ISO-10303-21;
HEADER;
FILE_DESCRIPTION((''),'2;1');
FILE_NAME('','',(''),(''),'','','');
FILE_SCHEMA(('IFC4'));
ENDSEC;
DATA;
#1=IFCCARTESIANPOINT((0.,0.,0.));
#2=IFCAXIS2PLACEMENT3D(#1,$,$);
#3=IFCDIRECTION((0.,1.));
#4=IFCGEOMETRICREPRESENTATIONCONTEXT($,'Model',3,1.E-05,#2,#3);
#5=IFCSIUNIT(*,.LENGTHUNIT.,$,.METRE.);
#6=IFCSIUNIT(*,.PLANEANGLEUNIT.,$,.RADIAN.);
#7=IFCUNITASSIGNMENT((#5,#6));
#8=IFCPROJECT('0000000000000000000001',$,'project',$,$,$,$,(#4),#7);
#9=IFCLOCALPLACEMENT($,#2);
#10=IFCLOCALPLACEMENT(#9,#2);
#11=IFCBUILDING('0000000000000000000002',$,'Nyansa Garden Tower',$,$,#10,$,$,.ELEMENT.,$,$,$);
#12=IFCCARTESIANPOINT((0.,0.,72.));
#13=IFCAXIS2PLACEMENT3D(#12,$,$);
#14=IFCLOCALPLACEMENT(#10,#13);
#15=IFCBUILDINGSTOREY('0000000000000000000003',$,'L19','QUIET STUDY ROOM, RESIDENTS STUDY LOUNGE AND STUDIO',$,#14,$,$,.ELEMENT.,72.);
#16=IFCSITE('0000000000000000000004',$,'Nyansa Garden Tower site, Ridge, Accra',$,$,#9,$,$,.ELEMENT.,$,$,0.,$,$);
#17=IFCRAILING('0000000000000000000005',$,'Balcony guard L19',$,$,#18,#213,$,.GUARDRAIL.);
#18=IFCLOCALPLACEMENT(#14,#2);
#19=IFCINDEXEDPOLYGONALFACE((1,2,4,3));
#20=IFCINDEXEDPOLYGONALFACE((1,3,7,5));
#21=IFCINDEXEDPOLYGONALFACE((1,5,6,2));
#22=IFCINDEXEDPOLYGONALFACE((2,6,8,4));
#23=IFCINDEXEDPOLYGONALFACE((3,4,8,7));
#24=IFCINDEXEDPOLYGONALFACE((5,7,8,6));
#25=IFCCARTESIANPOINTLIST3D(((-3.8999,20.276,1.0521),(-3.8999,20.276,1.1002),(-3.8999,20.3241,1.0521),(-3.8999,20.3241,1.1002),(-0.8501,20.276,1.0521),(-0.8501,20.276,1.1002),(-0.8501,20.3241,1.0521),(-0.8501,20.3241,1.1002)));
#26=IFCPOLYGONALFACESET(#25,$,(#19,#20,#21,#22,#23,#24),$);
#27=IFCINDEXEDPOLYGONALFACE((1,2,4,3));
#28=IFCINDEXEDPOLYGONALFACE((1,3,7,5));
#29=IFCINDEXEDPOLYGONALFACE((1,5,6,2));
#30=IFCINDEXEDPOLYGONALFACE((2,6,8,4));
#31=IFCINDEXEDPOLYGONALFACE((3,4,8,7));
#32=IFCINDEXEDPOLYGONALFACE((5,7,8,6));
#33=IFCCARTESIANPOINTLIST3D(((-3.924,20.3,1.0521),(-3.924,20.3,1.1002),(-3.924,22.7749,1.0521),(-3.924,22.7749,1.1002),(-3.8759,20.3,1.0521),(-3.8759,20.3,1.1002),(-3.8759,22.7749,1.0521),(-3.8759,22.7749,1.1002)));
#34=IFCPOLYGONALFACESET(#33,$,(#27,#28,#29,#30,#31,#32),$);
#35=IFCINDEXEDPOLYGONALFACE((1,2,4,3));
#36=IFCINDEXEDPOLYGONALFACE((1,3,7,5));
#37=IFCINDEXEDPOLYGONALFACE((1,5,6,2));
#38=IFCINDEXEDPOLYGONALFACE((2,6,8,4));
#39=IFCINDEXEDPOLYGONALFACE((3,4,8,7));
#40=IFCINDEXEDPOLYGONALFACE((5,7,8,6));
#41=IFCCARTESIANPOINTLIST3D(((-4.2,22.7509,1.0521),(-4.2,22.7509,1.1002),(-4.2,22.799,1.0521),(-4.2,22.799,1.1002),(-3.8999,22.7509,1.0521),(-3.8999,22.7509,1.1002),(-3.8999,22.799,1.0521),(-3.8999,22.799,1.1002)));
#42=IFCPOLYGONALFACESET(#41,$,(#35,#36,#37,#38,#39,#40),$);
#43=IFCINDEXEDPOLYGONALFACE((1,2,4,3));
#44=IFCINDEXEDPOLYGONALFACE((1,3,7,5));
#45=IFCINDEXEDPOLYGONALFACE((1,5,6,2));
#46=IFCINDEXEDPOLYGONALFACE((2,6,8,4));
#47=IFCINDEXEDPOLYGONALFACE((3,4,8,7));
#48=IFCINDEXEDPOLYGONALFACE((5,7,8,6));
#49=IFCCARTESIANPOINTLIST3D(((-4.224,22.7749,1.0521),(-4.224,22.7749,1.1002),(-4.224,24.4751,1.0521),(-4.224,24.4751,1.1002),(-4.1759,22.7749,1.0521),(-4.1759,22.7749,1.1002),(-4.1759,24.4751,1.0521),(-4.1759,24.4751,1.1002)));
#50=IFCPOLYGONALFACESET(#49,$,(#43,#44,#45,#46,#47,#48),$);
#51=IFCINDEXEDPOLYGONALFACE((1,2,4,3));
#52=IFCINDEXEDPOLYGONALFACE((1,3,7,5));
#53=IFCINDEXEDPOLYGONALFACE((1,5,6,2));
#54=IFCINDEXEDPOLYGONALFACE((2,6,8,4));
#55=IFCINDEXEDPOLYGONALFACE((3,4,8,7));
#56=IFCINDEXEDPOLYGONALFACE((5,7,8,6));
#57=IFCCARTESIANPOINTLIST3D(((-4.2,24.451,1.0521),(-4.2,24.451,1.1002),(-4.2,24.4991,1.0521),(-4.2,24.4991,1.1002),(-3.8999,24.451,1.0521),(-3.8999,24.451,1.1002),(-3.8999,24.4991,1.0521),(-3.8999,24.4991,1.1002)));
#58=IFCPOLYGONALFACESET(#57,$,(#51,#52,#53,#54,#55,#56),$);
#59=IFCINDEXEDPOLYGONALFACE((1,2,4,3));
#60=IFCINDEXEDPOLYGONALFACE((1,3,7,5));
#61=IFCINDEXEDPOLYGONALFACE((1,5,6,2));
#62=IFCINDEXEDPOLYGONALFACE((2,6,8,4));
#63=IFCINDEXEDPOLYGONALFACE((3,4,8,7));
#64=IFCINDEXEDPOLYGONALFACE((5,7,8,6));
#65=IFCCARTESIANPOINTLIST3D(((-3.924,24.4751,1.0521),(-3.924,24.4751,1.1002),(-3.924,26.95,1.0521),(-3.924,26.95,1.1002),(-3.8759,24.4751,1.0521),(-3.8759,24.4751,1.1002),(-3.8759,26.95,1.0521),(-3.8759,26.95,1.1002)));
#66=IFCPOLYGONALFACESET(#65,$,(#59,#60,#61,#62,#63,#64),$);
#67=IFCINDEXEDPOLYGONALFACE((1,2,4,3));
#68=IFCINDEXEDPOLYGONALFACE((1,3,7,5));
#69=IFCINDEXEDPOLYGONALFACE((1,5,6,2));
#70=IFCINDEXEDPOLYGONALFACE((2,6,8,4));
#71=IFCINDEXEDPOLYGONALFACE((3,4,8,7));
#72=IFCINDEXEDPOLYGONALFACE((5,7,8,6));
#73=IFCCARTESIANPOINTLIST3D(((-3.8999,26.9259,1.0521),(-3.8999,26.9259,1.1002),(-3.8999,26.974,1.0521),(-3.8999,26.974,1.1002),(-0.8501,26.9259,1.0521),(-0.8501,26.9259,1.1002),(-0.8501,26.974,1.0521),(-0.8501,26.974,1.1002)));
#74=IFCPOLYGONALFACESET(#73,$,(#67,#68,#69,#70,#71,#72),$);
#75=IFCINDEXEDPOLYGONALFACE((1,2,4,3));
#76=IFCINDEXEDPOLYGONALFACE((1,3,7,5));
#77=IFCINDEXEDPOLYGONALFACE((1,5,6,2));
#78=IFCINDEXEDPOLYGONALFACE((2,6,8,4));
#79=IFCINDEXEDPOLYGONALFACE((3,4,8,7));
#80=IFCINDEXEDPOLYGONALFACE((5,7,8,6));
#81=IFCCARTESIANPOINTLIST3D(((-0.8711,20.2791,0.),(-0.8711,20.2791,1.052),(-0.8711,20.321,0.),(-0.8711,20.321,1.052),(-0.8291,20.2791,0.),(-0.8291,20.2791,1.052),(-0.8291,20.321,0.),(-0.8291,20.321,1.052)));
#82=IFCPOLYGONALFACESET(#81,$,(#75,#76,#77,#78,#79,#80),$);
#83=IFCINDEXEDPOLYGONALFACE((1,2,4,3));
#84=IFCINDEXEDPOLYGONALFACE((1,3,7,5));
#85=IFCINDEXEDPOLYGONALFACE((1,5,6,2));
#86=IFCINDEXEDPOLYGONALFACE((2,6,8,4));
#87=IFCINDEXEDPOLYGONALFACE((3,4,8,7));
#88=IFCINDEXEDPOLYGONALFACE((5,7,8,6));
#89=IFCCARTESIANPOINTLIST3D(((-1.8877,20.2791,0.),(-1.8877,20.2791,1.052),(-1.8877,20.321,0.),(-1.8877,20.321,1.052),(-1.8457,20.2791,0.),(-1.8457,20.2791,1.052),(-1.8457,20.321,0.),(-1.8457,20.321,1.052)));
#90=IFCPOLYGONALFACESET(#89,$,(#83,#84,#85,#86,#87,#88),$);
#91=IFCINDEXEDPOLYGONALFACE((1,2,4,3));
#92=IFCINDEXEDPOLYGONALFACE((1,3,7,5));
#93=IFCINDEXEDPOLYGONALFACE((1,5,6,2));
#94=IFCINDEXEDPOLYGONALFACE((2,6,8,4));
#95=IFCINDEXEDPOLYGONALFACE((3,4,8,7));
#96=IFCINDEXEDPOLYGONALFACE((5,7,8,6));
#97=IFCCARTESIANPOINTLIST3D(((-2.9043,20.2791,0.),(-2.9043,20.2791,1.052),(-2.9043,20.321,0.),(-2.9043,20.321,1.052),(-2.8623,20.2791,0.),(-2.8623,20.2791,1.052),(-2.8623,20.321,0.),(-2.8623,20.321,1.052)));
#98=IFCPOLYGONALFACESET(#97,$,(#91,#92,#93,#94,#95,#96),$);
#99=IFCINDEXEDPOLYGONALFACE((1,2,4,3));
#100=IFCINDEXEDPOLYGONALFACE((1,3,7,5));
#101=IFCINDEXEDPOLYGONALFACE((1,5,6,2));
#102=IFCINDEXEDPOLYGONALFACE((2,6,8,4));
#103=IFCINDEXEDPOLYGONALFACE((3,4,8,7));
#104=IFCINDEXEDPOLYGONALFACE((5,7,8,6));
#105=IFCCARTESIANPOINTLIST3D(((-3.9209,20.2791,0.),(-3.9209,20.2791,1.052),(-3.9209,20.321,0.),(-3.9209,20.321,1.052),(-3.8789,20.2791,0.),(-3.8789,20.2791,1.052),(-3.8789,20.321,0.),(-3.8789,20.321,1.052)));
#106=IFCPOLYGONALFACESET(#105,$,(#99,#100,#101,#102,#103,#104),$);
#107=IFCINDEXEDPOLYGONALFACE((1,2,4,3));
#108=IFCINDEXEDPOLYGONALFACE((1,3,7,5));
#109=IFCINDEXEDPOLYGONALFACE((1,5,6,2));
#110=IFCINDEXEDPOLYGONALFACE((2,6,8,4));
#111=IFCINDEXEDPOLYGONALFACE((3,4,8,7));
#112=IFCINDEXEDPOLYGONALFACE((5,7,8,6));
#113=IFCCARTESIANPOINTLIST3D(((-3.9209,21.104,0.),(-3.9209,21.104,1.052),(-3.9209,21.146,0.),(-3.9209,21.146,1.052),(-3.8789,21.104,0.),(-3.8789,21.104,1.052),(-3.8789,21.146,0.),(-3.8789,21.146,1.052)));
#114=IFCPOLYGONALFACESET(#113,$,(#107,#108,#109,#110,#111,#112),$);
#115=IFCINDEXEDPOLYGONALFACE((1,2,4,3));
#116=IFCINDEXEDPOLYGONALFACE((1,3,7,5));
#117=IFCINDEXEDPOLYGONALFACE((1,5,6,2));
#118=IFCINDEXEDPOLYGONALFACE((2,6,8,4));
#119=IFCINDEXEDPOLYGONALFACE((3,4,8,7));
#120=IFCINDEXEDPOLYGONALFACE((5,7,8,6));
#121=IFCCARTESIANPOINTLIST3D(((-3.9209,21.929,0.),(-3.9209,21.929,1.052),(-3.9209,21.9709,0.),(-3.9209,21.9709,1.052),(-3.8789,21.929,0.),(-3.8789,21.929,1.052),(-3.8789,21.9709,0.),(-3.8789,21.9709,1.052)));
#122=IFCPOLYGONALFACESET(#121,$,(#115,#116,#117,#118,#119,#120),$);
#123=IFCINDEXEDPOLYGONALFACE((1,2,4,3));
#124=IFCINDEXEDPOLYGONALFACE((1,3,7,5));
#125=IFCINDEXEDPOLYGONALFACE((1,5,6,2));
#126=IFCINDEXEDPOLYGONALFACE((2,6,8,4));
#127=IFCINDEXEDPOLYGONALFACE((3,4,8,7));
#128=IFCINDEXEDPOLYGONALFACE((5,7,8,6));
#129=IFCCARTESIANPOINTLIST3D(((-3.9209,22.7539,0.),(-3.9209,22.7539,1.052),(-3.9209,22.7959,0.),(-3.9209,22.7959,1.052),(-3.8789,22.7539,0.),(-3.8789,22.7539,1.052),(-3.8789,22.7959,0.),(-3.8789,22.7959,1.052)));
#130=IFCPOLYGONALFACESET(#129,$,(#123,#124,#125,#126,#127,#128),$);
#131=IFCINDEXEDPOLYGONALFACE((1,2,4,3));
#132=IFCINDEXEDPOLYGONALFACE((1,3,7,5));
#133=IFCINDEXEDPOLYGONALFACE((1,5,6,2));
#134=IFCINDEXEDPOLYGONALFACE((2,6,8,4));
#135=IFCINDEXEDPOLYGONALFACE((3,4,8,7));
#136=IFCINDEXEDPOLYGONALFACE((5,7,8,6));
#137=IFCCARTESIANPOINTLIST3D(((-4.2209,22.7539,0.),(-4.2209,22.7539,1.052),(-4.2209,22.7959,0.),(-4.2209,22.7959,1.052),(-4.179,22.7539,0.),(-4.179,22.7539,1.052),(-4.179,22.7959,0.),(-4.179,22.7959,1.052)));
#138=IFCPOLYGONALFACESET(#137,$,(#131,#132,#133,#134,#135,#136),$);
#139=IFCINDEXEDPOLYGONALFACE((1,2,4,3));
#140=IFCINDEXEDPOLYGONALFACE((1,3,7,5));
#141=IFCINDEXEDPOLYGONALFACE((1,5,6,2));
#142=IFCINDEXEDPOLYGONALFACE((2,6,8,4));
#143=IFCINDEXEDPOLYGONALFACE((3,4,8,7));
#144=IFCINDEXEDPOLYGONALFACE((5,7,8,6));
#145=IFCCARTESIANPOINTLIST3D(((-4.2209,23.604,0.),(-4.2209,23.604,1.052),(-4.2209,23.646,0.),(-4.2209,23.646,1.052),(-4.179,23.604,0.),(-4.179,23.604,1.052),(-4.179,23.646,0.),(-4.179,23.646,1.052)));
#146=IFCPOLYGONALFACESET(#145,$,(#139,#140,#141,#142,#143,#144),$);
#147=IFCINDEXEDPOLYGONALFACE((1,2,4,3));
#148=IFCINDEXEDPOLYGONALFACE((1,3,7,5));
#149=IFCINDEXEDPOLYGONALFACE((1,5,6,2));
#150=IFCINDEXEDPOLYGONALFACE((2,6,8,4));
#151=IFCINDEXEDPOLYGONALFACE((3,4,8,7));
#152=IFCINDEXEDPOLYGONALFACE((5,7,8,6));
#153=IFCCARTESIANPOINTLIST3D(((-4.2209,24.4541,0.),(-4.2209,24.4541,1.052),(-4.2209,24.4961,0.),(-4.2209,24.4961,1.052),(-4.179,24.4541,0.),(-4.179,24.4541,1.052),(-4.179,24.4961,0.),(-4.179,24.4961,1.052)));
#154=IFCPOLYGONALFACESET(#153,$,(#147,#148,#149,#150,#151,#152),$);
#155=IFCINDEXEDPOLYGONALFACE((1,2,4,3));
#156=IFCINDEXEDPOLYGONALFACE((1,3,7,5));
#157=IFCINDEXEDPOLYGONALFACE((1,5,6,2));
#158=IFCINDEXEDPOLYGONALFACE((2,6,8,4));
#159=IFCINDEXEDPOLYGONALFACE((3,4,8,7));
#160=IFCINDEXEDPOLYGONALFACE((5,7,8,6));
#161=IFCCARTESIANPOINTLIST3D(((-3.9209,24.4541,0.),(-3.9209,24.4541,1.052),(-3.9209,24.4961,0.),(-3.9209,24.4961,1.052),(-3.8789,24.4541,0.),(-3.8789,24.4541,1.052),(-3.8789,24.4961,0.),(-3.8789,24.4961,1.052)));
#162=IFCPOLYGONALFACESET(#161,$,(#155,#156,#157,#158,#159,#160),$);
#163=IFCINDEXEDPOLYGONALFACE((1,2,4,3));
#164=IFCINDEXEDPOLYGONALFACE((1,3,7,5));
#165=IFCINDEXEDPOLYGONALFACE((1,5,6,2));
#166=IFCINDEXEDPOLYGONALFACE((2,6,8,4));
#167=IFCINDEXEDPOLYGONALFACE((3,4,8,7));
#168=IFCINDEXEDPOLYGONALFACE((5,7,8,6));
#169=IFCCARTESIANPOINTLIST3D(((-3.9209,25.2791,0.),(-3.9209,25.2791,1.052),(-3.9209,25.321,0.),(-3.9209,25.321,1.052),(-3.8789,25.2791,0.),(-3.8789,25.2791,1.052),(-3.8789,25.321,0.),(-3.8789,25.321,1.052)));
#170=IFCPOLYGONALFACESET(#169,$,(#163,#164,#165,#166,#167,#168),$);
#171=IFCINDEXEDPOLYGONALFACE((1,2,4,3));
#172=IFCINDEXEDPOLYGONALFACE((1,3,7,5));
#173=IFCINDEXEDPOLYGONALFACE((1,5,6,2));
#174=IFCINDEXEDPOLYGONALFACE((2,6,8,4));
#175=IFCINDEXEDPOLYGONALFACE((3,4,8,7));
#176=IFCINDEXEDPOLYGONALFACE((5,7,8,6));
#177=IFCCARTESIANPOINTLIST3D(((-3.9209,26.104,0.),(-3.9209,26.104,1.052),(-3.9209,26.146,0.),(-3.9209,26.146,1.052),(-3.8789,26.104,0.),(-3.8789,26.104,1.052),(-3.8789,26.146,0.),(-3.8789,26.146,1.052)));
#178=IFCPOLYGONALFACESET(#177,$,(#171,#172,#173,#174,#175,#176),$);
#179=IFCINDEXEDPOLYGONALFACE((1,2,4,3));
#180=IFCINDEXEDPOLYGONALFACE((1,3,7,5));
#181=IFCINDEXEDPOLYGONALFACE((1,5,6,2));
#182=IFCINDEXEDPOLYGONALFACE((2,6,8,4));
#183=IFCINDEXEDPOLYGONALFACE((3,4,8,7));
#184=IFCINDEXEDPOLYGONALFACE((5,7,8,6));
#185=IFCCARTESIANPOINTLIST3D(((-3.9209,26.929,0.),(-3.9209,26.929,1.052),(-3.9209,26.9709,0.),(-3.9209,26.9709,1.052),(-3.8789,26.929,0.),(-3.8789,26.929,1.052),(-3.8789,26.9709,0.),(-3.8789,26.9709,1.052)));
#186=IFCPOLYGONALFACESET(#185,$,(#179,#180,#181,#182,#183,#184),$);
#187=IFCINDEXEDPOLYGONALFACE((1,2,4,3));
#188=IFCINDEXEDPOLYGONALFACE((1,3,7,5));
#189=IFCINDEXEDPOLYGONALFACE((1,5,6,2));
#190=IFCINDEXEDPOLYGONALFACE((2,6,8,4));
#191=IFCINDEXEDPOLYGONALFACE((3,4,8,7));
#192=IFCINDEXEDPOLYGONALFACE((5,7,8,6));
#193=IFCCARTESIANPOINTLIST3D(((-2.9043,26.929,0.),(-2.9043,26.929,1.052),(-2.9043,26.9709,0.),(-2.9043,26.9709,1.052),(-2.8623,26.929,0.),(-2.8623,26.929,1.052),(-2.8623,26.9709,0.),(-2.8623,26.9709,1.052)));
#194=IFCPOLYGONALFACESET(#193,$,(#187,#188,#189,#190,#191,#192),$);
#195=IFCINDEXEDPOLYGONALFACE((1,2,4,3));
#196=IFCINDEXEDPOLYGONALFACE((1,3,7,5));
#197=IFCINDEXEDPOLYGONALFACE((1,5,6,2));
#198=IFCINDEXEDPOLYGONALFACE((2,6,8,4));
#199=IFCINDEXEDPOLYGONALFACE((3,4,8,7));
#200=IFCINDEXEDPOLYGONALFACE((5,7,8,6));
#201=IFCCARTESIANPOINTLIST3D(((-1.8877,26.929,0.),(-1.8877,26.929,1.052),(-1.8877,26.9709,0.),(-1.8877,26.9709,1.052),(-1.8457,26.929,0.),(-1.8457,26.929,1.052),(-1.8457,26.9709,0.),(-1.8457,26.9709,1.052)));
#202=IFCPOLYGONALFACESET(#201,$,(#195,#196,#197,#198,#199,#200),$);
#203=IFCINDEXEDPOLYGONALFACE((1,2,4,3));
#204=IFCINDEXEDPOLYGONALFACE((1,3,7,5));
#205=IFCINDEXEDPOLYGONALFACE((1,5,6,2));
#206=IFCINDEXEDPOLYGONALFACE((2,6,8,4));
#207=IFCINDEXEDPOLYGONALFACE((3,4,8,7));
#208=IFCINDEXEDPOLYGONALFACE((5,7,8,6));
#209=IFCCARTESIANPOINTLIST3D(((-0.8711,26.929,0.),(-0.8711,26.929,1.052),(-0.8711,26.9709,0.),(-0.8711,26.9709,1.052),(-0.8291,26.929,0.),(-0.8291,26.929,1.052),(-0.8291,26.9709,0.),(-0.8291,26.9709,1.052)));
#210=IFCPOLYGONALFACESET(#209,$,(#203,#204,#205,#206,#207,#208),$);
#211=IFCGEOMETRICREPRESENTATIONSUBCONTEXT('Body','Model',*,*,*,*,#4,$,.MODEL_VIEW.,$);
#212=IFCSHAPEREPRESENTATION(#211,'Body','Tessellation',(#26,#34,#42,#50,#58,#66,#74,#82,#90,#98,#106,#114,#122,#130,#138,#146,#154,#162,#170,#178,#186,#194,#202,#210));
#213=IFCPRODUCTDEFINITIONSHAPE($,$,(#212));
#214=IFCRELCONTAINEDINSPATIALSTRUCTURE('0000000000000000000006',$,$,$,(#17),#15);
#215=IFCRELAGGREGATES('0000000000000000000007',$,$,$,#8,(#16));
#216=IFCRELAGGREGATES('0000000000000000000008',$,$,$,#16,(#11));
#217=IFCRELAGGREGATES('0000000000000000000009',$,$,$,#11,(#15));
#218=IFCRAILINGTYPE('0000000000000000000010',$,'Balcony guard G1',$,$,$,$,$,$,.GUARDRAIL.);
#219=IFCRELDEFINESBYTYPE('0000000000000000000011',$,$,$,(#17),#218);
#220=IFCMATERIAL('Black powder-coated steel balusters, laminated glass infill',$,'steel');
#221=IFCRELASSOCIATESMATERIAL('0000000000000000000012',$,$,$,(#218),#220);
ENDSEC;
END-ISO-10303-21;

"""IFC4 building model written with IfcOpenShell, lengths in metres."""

from ifc_helpers import new_model, si_unit, direction, frame, origin, origin_2d, place, context, subcontext, project, spatial, rectangle, extrude, material, type_object, element, save


model = new_model("IFC4")

# Units and contexts
model_context = context("Model", 3, precision=1e-05, world=origin(), true_north=direction((0.0, 1.0)))
body_context = subcontext(model_context, "Body", "Model", "MODEL_VIEW")
ifc_project = project(units=[si_unit("LENGTHUNIT", "METRE"), si_unit("PLANEANGLEUNIT", "RADIAN")], contexts=[model_context])

# Site, building, storey
site_placement = place(None, origin())
site = spatial("IfcSite", under=ifc_project, at=site_placement, Name="Nyansa Garden Tower site, Ridge, Accra", CompositionType="ELEMENT", RefElevation=0.0)
building_placement = place(site_placement, origin())
building = spatial("IfcBuilding", under=site, at=building_placement, Name="Nyansa Garden Tower", CompositionType="ELEMENT")
storey_placement = place(building_placement, frame((0.0, 0.0, 72.0)))
storey = spatial("IfcBuildingStorey", under=building, at=storey_placement, Name="L19", Description="QUIET STUDY ROOM, RESIDENTS STUDY LOUNGE AND STUDIO", CompositionType="ELEMENT", Elevation=72.0)

# Railing
ifc_material_1 = material(Name="Black powder-coated steel balusters, laminated glass infill", Category="steel")
railing_type = type_object("IfcRailingType", Name="Balcony guard G1", PredefinedType="GUARDRAIL", material=ifc_material_1)
railing_placement = place(storey_placement, frame((-0.8501, 20.3, 0.0)))
element("IfcRailing", 1, at=railing_placement, inside=storey, type_object=railing_type, Name="Balcony guard L19", PredefinedType="GUARDRAIL", context=body_context, shape_type="SweptSolid", body=[
    extrude(rectangle(XDim=0.0481, YDim=0.0481, at=origin_2d()), frame((0.0, 0.0, 1.0762), z_axis=(-1.0, 0.0, 0.0), x_axis=(0.0, -1.0, 0.0)), (0.0, 0.0, 1.0), 3.0498),
    extrude(rectangle(XDim=0.0481, YDim=0.0481, at=origin_2d()), frame((-3.0498, 0.0, 1.0762), z_axis=(0.0, 1.0, 0.0), x_axis=(-1.0, 0.0, 0.0)), (0.0, 0.0, 1.0), 2.4749),
    extrude(rectangle(XDim=0.0481, YDim=0.0481, at=origin_2d()), frame((-3.0498, 2.4749, 1.0762), z_axis=(-1.0, 0.0, 0.0), x_axis=(0.0, -1.0, 0.0)), (0.0, 0.0, 1.0), 0.3),
    extrude(rectangle(XDim=0.0481, YDim=0.0481, at=origin_2d()), frame((-3.3499, 2.4749, 1.0762), z_axis=(0.0, 1.0, 0.0), x_axis=(-1.0, 0.0, 0.0)), (0.0, 0.0, 1.0), 1.7002),
    extrude(rectangle(XDim=0.0481, YDim=0.0481, at=origin_2d()), frame((-3.3499, 4.175, 1.0762), z_axis=(1.0, 0.0, 0.0), x_axis=(0.0, 1.0, 0.0)), (0.0, 0.0, 1.0), 0.3),
    extrude(rectangle(XDim=0.0481, YDim=0.0481, at=origin_2d()), frame((-3.0498, 4.175, 1.0762), z_axis=(0.0, 1.0, 0.0), x_axis=(-1.0, 0.0, 0.0)), (0.0, 0.0, 1.0), 2.4749),
    extrude(rectangle(XDim=0.0481, YDim=0.0481, at=origin_2d()), frame((-3.0498, 6.6499, 1.0762), z_axis=(1.0, 0.0, 0.0), x_axis=(0.0, 1.0, 0.0)), (0.0, 0.0, 1.0), 3.0498),
    extrude(rectangle(XDim=0.042, YDim=0.042, at=origin_2d()), origin(), (0.0, 0.0, 1.0), 1.052),
    extrude(rectangle(XDim=0.042, YDim=0.042, at=origin_2d()), frame((-1.0166, 0.0, 0.0)), (0.0, 0.0, 1.0), 1.052),
    extrude(rectangle(XDim=0.042, YDim=0.042, at=origin_2d()), frame((-2.0332, 0.0, 0.0)), (0.0, 0.0, 1.0), 1.052),
    extrude(rectangle(XDim=0.042, YDim=0.042, at=origin_2d()), frame((-3.0498, 0.0, 0.0)), (0.0, 0.0, 1.0), 1.052),
    extrude(rectangle(XDim=0.042, YDim=0.042, at=origin_2d()), frame((-3.0498, 0.825, 0.0)), (0.0, 0.0, 1.0), 1.052),
    extrude(rectangle(XDim=0.042, YDim=0.042, at=origin_2d()), frame((-3.0498, 1.6499, 0.0)), (0.0, 0.0, 1.0), 1.052),
    extrude(rectangle(XDim=0.042, YDim=0.042, at=origin_2d()), frame((-3.0498, 2.4749, 0.0)), (0.0, 0.0, 1.0), 1.052),
    extrude(rectangle(XDim=0.042, YDim=0.042, at=origin_2d()), frame((-3.3499, 2.4749, 0.0)), (0.0, 0.0, 1.0), 1.052),
    extrude(rectangle(XDim=0.042, YDim=0.042, at=origin_2d()), frame((-3.3499, 3.325, 0.0)), (0.0, 0.0, 1.0), 1.052),
    extrude(rectangle(XDim=0.042, YDim=0.042, at=origin_2d()), frame((-3.3499, 4.175, 0.0)), (0.0, 0.0, 1.0), 1.052),
    extrude(rectangle(XDim=0.042, YDim=0.042, at=origin_2d()), frame((-3.0498, 4.175, 0.0)), (0.0, 0.0, 1.0), 1.052),
    extrude(rectangle(XDim=0.042, YDim=0.042, at=origin_2d()), frame((-3.0498, 5.0, 0.0)), (0.0, 0.0, 1.0), 1.052),
    extrude(rectangle(XDim=0.042, YDim=0.042, at=origin_2d()), frame((-3.0498, 5.825, 0.0)), (0.0, 0.0, 1.0), 1.052),
    extrude(rectangle(XDim=0.042, YDim=0.042, at=origin_2d()), frame((-3.0498, 6.6499, 0.0)), (0.0, 0.0, 1.0), 1.052),
    extrude(rectangle(XDim=0.042, YDim=0.042, at=origin_2d()), frame((-2.0332, 6.6499, 0.0)), (0.0, 0.0, 1.0), 1.052),
    extrude(rectangle(XDim=0.042, YDim=0.042, at=origin_2d()), frame((-1.0166, 6.6499, 0.0)), (0.0, 0.0, 1.0), 1.052),
    extrude(rectangle(XDim=0.042, YDim=0.042, at=origin_2d()), frame((0.0, 6.6499, 0.0)), (0.0, 0.0, 1.0), 1.052),
])

save(model, "model.ifc")
